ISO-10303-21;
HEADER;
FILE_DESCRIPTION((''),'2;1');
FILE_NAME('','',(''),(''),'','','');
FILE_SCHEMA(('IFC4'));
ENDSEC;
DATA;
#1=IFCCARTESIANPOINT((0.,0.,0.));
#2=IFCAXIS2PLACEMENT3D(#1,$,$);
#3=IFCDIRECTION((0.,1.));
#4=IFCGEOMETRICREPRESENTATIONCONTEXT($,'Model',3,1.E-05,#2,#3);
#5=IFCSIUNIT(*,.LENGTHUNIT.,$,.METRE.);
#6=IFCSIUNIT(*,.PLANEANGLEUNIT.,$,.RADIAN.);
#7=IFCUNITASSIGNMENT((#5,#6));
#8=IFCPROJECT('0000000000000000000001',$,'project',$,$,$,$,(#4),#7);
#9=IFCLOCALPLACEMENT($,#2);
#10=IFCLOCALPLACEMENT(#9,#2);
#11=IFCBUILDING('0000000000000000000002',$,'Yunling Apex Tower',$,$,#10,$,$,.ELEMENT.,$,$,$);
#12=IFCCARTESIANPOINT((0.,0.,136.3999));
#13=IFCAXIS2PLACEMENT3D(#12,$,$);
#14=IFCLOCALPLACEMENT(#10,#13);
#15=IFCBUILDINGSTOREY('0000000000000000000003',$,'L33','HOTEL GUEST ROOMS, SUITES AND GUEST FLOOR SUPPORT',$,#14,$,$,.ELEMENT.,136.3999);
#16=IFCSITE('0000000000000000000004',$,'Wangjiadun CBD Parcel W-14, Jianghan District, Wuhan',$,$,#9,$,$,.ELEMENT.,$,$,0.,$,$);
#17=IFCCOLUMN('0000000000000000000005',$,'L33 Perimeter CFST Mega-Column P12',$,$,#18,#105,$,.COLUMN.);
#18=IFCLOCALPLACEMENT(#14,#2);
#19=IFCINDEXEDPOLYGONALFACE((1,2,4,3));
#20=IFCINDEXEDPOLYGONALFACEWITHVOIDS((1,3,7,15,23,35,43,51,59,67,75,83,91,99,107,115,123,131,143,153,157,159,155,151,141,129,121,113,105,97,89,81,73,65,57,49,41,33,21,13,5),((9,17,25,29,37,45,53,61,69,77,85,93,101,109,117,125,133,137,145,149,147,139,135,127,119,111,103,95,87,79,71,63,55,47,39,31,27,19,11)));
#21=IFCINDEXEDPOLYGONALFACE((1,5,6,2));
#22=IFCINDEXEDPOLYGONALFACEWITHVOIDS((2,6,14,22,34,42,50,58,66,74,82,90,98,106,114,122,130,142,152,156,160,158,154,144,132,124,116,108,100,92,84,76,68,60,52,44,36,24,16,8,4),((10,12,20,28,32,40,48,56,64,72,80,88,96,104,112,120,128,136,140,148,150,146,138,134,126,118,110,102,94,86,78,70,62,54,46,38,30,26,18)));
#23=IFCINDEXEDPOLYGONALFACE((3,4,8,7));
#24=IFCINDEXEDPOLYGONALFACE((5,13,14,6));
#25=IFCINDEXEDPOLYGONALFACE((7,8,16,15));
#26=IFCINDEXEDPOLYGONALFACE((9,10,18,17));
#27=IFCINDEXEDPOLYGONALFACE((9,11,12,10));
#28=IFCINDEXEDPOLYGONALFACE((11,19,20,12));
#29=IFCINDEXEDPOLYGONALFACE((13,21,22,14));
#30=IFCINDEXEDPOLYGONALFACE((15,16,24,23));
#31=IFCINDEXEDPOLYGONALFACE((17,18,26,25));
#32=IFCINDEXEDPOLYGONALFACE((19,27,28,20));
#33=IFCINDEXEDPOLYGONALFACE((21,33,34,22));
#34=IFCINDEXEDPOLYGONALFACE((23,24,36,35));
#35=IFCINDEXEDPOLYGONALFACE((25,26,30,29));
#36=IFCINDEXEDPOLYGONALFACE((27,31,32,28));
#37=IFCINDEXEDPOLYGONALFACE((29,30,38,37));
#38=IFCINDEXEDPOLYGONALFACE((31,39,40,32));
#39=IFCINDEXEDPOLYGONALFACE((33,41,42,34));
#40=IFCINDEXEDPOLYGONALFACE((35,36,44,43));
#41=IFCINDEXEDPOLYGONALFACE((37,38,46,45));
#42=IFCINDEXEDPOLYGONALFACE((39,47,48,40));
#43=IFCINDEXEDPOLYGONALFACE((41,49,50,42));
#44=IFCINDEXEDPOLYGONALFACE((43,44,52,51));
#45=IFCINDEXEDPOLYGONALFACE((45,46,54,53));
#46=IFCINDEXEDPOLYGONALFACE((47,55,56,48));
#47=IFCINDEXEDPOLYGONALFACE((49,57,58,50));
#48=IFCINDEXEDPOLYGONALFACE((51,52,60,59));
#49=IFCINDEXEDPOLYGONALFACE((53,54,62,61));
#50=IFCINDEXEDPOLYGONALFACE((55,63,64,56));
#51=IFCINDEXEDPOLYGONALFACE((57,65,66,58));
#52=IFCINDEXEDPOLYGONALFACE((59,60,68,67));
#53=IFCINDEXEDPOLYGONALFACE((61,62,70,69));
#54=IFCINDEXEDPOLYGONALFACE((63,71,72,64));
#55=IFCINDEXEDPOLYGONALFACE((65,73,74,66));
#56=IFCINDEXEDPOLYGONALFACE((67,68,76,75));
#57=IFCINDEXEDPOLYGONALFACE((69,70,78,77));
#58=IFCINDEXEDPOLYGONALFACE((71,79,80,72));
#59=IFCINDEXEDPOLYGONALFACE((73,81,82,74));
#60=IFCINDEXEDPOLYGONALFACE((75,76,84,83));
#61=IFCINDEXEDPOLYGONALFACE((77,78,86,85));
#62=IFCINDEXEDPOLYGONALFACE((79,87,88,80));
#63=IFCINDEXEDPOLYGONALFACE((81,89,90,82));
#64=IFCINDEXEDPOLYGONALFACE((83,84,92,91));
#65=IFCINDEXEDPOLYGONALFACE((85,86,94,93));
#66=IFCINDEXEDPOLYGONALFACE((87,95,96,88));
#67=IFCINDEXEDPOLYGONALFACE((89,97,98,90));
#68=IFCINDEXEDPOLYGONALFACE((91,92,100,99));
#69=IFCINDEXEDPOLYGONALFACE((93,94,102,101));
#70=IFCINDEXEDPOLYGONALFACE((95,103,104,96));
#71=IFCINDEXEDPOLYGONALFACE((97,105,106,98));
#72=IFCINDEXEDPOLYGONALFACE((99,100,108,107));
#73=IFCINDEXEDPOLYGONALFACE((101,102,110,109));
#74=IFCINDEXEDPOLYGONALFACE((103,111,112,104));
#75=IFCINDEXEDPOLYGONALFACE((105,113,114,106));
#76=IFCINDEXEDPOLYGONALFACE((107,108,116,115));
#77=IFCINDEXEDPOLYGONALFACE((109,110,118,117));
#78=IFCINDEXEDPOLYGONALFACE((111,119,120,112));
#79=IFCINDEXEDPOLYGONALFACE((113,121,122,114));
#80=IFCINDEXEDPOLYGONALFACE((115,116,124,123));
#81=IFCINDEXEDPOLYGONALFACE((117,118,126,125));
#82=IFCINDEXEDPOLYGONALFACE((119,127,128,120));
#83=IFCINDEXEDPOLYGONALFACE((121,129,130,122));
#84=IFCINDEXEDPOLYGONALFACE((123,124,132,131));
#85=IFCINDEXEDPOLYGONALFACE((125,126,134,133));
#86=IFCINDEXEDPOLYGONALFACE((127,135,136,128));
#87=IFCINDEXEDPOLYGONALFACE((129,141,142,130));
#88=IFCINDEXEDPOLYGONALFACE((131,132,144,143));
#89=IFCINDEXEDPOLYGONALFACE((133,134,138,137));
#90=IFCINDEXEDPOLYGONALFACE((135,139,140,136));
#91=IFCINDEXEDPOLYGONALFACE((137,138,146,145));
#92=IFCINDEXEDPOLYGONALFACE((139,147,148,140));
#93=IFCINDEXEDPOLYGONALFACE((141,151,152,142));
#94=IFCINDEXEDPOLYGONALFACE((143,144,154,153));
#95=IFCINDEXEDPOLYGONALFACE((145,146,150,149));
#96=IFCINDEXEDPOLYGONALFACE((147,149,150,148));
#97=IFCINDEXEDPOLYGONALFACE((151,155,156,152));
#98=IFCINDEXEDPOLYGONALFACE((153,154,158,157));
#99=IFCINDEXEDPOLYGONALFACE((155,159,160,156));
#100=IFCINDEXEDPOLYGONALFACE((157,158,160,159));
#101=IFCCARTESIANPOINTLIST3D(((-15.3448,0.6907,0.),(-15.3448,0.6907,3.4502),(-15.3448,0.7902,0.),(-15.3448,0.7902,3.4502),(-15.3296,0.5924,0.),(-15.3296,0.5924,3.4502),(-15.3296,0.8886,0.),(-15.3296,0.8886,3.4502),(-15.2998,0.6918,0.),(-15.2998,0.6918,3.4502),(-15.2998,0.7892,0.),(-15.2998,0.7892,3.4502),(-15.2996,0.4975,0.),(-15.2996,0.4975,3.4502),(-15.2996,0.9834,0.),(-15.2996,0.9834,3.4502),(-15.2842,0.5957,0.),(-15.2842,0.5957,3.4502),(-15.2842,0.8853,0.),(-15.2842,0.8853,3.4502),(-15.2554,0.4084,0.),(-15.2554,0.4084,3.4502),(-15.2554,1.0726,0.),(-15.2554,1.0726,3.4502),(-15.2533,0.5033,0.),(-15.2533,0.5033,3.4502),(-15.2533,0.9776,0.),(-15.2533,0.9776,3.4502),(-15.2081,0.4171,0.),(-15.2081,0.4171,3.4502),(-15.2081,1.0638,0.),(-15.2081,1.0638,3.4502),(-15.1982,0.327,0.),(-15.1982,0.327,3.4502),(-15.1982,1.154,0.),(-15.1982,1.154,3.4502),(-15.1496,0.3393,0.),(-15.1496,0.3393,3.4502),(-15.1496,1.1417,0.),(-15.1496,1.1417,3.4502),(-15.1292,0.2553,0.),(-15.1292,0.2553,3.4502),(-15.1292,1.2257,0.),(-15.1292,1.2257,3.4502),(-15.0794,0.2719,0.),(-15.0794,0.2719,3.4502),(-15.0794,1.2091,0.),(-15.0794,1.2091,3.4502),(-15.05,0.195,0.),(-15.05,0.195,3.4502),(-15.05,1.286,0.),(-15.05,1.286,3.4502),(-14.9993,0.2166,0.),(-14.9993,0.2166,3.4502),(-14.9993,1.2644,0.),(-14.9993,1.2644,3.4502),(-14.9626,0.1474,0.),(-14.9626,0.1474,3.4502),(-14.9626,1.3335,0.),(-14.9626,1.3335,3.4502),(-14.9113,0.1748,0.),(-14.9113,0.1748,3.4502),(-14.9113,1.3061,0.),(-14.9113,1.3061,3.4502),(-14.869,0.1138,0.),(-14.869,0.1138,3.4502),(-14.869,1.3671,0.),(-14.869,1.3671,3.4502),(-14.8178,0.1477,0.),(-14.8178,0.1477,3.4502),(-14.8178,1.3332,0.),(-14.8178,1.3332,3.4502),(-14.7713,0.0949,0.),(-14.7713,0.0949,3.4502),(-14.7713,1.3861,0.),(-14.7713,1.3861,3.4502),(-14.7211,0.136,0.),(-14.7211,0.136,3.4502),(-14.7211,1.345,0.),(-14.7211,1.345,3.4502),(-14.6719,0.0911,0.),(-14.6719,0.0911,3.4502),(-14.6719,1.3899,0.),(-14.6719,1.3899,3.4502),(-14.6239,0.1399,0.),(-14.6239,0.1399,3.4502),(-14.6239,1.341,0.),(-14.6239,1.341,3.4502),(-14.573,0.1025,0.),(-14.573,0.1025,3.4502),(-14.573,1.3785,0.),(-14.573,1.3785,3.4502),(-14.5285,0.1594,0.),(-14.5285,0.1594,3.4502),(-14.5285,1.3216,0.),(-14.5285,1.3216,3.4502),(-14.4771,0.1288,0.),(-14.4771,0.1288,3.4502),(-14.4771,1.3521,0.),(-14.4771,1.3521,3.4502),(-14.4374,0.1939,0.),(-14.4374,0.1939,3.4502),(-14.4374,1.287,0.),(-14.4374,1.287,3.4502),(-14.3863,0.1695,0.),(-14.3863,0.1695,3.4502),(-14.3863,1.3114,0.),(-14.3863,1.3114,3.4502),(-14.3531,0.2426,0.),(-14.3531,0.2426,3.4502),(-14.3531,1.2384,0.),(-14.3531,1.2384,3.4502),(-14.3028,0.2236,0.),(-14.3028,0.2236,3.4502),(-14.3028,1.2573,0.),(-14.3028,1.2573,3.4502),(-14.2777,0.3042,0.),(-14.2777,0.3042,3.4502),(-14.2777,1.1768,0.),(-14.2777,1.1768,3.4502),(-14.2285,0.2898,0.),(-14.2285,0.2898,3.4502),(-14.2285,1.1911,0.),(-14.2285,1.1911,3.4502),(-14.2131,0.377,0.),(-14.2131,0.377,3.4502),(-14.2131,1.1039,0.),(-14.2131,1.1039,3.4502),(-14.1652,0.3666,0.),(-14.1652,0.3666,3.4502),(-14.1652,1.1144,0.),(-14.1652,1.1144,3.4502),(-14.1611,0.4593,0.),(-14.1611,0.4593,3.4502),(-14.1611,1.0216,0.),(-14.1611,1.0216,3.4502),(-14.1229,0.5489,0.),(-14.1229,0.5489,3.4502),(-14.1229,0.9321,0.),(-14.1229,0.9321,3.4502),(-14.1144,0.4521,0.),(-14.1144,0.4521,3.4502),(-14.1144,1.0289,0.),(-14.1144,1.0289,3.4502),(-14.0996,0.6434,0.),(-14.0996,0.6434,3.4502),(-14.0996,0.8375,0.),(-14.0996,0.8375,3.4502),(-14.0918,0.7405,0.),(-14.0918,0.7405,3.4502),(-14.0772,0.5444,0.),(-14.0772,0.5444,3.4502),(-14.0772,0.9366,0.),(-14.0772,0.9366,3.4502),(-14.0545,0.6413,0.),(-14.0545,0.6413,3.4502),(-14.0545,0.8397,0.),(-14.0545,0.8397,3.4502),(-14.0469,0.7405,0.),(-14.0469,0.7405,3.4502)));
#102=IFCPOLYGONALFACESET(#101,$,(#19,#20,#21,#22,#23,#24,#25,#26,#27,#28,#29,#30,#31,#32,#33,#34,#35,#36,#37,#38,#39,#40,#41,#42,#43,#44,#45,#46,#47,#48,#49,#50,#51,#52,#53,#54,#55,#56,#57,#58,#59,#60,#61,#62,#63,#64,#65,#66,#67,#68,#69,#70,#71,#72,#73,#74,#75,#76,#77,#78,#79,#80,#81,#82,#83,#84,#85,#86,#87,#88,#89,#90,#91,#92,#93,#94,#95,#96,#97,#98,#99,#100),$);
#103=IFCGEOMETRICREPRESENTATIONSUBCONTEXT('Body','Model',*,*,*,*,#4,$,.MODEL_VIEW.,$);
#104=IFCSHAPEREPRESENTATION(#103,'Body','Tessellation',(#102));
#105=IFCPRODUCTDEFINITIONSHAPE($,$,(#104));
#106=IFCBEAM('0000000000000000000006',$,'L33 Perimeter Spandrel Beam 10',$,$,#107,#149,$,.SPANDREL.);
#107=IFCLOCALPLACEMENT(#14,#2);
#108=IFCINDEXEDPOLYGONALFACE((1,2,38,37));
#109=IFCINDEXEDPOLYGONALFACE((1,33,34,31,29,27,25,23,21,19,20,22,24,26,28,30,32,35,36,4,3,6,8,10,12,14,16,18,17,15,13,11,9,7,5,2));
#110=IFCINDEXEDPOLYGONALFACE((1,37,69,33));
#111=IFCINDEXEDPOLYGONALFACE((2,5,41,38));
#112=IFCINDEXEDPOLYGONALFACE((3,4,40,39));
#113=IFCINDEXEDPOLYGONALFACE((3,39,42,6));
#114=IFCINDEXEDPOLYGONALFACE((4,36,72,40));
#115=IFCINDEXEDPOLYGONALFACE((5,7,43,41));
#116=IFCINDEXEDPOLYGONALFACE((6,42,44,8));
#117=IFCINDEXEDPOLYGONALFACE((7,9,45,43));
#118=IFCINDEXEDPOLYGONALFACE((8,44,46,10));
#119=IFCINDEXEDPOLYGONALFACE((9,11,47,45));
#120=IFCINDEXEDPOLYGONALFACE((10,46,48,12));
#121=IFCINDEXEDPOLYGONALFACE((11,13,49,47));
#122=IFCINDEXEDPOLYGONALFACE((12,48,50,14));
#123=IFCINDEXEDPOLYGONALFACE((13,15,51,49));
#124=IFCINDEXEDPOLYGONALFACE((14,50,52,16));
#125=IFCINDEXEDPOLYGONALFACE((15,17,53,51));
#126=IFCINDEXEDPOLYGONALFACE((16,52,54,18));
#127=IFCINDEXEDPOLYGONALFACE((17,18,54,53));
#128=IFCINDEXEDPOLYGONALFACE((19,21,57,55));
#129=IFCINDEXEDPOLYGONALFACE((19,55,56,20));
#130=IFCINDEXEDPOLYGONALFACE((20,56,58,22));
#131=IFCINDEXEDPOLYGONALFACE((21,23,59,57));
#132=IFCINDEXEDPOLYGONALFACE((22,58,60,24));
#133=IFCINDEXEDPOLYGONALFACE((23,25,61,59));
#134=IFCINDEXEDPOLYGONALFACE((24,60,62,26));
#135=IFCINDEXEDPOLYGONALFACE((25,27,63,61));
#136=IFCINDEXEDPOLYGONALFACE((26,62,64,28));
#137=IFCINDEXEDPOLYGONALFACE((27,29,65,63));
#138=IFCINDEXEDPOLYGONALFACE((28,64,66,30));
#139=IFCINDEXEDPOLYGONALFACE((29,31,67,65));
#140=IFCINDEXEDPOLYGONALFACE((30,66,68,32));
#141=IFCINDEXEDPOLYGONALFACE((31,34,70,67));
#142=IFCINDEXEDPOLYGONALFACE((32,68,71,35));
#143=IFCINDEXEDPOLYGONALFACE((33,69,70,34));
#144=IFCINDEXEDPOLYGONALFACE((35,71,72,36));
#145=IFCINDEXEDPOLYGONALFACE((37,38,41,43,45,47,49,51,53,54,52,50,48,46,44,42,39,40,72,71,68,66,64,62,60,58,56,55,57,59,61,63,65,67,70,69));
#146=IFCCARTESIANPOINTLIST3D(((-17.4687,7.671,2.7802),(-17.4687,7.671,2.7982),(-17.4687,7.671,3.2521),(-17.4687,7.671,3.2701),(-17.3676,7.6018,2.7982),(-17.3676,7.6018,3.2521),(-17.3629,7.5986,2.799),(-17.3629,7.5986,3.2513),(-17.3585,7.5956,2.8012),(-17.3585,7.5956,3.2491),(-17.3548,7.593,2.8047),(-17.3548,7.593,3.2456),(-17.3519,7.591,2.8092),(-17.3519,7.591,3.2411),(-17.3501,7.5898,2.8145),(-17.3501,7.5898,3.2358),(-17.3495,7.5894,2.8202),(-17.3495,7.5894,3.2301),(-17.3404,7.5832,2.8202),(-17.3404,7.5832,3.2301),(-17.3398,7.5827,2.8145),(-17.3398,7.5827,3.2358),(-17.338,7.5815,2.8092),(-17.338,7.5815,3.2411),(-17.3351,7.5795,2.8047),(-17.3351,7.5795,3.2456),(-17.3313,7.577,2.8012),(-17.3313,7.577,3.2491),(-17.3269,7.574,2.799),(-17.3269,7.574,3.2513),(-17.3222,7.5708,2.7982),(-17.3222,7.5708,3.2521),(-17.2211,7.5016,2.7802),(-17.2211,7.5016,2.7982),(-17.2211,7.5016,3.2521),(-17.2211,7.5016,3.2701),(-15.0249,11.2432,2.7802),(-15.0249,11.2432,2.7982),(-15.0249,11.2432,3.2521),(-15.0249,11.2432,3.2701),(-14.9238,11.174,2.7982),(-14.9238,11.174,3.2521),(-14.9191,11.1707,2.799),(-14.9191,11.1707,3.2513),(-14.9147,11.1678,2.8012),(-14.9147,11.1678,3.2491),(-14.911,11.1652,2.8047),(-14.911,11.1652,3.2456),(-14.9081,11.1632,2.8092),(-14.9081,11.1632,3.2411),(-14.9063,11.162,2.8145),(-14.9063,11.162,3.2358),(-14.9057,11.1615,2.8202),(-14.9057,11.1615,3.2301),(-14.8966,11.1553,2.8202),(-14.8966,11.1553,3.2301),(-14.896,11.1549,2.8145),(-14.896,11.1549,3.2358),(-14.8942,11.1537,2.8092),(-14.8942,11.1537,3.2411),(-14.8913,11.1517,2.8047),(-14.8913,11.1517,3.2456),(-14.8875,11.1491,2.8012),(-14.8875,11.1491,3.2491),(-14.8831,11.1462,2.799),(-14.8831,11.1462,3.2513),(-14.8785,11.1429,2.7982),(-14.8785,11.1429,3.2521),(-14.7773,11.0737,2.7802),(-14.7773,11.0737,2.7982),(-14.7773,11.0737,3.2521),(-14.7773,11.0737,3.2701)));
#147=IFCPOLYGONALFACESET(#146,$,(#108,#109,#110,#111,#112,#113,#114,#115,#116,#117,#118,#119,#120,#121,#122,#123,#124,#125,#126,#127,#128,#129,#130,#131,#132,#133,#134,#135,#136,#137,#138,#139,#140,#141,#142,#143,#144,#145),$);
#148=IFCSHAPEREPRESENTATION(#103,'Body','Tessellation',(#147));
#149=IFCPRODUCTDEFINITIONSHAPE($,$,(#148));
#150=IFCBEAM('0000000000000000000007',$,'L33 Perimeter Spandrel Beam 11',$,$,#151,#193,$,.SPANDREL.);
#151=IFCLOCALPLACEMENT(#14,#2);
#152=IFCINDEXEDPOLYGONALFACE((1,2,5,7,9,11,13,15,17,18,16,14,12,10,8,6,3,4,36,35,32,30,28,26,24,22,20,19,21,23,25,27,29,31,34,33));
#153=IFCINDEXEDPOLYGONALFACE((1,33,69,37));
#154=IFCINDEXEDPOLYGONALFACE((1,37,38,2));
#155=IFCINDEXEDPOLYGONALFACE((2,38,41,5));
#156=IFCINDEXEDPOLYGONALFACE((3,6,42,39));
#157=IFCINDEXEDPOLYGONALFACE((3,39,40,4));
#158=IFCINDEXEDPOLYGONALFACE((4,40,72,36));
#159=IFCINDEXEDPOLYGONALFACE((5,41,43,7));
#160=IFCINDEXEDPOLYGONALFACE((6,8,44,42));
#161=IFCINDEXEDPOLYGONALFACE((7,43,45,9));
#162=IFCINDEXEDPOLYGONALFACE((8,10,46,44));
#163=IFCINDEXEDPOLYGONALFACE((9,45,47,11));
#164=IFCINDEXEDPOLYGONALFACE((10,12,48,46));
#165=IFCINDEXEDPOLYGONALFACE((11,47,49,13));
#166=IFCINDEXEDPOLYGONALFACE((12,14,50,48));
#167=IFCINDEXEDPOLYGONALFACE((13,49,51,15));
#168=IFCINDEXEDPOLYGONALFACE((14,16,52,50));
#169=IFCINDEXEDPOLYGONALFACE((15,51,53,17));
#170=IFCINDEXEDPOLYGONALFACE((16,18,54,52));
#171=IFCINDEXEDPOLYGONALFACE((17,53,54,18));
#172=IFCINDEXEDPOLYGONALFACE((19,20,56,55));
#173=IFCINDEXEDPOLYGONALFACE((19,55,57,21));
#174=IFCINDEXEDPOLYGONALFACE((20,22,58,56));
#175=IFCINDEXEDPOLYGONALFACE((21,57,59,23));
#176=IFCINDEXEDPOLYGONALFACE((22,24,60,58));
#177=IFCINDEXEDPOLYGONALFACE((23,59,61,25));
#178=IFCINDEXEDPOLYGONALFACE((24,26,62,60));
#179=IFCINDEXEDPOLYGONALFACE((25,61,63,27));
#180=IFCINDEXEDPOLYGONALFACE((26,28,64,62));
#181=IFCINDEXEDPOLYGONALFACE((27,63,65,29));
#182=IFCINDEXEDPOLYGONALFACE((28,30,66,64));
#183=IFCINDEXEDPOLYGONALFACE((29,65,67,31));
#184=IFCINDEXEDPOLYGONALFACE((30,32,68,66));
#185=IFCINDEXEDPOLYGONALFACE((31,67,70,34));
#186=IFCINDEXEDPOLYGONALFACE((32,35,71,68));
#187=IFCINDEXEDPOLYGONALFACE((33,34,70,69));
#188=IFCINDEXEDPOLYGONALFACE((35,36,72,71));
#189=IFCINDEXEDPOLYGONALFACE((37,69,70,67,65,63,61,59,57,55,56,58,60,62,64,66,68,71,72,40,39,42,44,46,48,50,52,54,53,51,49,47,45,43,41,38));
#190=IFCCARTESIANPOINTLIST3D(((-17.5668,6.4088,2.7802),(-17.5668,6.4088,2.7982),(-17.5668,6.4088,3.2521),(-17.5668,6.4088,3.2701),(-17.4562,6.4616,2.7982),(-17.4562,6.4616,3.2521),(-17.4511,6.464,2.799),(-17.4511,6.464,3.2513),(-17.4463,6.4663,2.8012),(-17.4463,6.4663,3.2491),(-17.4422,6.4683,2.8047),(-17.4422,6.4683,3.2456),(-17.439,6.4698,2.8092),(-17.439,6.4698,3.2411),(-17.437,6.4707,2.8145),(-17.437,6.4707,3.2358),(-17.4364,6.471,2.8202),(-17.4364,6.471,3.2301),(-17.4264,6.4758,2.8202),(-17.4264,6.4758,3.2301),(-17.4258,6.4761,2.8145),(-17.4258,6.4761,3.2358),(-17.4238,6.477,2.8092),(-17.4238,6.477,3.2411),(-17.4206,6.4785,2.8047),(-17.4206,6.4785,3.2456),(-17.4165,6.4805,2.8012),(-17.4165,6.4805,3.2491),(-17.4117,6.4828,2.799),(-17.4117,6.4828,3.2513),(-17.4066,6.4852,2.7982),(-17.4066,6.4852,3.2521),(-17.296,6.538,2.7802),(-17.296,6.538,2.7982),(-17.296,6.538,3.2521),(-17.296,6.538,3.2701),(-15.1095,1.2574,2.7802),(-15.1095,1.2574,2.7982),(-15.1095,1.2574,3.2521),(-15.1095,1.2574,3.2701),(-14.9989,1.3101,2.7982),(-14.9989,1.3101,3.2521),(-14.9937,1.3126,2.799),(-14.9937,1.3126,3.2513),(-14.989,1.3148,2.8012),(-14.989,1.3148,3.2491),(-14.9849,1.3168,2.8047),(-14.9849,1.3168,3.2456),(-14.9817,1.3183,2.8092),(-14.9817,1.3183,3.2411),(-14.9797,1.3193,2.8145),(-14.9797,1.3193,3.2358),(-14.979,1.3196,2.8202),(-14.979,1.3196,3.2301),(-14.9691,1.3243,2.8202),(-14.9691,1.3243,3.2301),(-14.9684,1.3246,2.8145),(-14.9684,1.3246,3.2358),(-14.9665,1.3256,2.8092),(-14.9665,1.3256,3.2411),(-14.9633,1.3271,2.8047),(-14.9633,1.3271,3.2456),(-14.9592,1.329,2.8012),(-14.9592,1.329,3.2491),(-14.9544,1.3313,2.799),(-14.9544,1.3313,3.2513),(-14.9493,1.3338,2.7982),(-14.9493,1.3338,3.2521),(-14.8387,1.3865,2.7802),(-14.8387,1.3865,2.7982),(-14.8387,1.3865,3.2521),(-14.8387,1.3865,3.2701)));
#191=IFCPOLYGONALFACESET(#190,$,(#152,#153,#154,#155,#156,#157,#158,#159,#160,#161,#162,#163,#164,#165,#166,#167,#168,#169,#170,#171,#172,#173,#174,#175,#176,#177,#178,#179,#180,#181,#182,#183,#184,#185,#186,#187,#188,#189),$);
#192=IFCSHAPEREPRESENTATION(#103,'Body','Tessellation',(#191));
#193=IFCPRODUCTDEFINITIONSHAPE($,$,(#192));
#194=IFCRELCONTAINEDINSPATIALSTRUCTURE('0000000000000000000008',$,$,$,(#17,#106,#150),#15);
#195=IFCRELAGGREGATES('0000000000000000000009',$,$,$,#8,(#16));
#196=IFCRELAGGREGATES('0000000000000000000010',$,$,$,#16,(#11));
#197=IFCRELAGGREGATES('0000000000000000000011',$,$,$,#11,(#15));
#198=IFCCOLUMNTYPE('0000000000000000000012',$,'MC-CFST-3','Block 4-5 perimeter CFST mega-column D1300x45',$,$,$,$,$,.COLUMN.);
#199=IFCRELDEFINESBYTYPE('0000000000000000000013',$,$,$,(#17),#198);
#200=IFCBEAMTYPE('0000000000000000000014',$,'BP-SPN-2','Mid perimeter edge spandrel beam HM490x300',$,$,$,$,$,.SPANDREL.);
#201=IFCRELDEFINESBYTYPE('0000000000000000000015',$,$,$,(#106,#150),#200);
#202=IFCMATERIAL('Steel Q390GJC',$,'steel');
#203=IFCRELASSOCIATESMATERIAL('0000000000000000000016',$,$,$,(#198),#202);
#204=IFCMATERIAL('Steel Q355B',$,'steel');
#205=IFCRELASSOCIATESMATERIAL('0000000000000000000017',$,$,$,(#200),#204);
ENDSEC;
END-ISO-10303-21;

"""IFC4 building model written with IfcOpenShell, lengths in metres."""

from ifc_helpers import new_model, si_unit, direction, frame, origin, origin_2d, place, context, subcontext, project, spatial, hollow_circle, i_section, extrude, source, transform, mapped, material, material_profile, profile_set, type_object, element, save


model = new_model("IFC4")

# Units and contexts
model_context = context("Model", 3, precision=1e-05, world=origin(), true_north=direction((0.0, 1.0)))
body_context = subcontext(model_context, "Body", "Model", "MODEL_VIEW")
ifc_project = project(units=[si_unit("LENGTHUNIT", "METRE"), si_unit("PLANEANGLEUNIT", "RADIAN")], contexts=[model_context])

# Site, building, storey
site_placement = place(None, origin())
site = spatial("IfcSite", under=ifc_project, at=site_placement, Name="Wangjiadun CBD Parcel W-14, Jianghan District, Wuhan", CompositionType="ELEMENT", RefElevation=0.0)
building_placement = place(site_placement, origin())
building = spatial("IfcBuilding", under=site, at=building_placement, Name="Yunling Apex Tower", CompositionType="ELEMENT")
storey_placement = place(building_placement, frame((0.0, 0.0, 136.3999)))
storey = spatial("IfcBuildingStorey", under=building, at=storey_placement, Name="L33", Description="HOTEL GUEST ROOMS, SUITES AND GUEST FLOOR SUPPORT", CompositionType="ELEMENT", Elevation=136.3999)

# Column
ifc_material_1 = material(Name="Steel Q390GJC", Category="steel")
ifc_material_profile_1 = material_profile(ifc_material_1, hollow_circle(Radius=0.6499, WallThickness=0.0449, at=origin_2d()))
ifc_profile_set_1 = profile_set([ifc_material_profile_1], Name="Steel Q390GJC")
column_type = type_object("IfcColumnType", Name="MC-CFST-3", Description="Block 4-5 perimeter CFST mega-column D1300x45", PredefinedType="COLUMN", material=ifc_profile_set_1)
shared_shape_1 = source(origin(), body_context, "Body", "SweptSolid", [
    extrude(hollow_circle(Radius=0.6499, WallThickness=0.0449, at=origin_2d()), origin(), (0.0, 0.0, 1.0), 3.4502),
])
for number, where, z_axis, x_axis, name in (
    (1, (-14.6968, 0.7405, 0.0), (0.0, 0.0, 1.0), (1.0, 0.0, 0.0), "L33 Perimeter CFST Mega-Column P12"),
):
    element("IfcColumn", number, at=place(storey_placement, frame(where, z_axis=z_axis, x_axis=x_axis)), inside=storey, type_object=column_type, Name=name, PredefinedType="COLUMN", context=body_context, shape_type="MappedRepresentation", body=[
        mapped(shared_shape_1, transform((0.0, 0.0, 0.0), scale=1.0)),
    ])

# Beams
ifc_material_2 = material(Name="Steel Q355B", Category="steel")
ifc_material_profile_2 = material_profile(ifc_material_2, i_section(OverallWidth=0.3, OverallDepth=0.49, WebThickness=0.011, FlangeThickness=0.0181, FilletRadius=0.022, at=origin_2d()))
ifc_profile_set_2 = profile_set([ifc_material_profile_2], Name="Steel Q355B")
beam_type_1 = type_object("IfcBeamType", Name="BP-SPN-2", Description="Mid perimeter edge spandrel beam HM490x300", PredefinedType="SPANDREL", material=ifc_profile_set_2)
shared_shape_2 = source(origin(), body_context, "Body", "SweptSolid", [
    extrude(i_section(OverallWidth=0.3, OverallDepth=0.49, WebThickness=0.011, FlangeThickness=0.0181, FilletRadius=0.022, at=origin_2d()), origin(), (0.0, 0.0, 1.0), 4.3281),
])
beam_1_placement = place(storey_placement, frame((-14.9011, 11.1584, 3.0251), z_axis=(-0.564631, -0.825343, 0.0), x_axis=(0.825343, -0.564631, 0.0)))
element("IfcBeam", 2, at=beam_1_placement, inside=storey, type_object=beam_type_1, Name="L33 Perimeter Spandrel Beam 10", PredefinedType="SPANDREL", context=body_context, shape_type="MappedRepresentation", body=[
    mapped(shared_shape_2, transform((0.0, 0.0, 0.0), scale=1.0)),
])
shared_shape_3 = source(origin(), body_context, "Body", "SweptSolid", [
    extrude(i_section(OverallWidth=0.3, OverallDepth=0.49, WebThickness=0.011, FlangeThickness=0.0181, FilletRadius=0.022, at=origin_2d()), origin(), (0.0, 0.0, 1.0), 5.7075),
])
for number, where, z_axis, x_axis, name in (
    (3, (-17.4314, 6.4734, 3.0251), (0.43054, -0.902572, 0.0), (0.902572, 0.43054, 0.0), "L33 Perimeter Spandrel Beam 11"),
):
    element("IfcBeam", number, at=place(storey_placement, frame(where, z_axis=z_axis, x_axis=x_axis)), inside=storey, type_object=beam_type_1, Name=name, PredefinedType="SPANDREL", context=body_context, shape_type="MappedRepresentation", body=[
        mapped(shared_shape_3, transform((0.0, 0.0, 0.0), scale=1.0)),
    ])

save(model, "model.ifc")
